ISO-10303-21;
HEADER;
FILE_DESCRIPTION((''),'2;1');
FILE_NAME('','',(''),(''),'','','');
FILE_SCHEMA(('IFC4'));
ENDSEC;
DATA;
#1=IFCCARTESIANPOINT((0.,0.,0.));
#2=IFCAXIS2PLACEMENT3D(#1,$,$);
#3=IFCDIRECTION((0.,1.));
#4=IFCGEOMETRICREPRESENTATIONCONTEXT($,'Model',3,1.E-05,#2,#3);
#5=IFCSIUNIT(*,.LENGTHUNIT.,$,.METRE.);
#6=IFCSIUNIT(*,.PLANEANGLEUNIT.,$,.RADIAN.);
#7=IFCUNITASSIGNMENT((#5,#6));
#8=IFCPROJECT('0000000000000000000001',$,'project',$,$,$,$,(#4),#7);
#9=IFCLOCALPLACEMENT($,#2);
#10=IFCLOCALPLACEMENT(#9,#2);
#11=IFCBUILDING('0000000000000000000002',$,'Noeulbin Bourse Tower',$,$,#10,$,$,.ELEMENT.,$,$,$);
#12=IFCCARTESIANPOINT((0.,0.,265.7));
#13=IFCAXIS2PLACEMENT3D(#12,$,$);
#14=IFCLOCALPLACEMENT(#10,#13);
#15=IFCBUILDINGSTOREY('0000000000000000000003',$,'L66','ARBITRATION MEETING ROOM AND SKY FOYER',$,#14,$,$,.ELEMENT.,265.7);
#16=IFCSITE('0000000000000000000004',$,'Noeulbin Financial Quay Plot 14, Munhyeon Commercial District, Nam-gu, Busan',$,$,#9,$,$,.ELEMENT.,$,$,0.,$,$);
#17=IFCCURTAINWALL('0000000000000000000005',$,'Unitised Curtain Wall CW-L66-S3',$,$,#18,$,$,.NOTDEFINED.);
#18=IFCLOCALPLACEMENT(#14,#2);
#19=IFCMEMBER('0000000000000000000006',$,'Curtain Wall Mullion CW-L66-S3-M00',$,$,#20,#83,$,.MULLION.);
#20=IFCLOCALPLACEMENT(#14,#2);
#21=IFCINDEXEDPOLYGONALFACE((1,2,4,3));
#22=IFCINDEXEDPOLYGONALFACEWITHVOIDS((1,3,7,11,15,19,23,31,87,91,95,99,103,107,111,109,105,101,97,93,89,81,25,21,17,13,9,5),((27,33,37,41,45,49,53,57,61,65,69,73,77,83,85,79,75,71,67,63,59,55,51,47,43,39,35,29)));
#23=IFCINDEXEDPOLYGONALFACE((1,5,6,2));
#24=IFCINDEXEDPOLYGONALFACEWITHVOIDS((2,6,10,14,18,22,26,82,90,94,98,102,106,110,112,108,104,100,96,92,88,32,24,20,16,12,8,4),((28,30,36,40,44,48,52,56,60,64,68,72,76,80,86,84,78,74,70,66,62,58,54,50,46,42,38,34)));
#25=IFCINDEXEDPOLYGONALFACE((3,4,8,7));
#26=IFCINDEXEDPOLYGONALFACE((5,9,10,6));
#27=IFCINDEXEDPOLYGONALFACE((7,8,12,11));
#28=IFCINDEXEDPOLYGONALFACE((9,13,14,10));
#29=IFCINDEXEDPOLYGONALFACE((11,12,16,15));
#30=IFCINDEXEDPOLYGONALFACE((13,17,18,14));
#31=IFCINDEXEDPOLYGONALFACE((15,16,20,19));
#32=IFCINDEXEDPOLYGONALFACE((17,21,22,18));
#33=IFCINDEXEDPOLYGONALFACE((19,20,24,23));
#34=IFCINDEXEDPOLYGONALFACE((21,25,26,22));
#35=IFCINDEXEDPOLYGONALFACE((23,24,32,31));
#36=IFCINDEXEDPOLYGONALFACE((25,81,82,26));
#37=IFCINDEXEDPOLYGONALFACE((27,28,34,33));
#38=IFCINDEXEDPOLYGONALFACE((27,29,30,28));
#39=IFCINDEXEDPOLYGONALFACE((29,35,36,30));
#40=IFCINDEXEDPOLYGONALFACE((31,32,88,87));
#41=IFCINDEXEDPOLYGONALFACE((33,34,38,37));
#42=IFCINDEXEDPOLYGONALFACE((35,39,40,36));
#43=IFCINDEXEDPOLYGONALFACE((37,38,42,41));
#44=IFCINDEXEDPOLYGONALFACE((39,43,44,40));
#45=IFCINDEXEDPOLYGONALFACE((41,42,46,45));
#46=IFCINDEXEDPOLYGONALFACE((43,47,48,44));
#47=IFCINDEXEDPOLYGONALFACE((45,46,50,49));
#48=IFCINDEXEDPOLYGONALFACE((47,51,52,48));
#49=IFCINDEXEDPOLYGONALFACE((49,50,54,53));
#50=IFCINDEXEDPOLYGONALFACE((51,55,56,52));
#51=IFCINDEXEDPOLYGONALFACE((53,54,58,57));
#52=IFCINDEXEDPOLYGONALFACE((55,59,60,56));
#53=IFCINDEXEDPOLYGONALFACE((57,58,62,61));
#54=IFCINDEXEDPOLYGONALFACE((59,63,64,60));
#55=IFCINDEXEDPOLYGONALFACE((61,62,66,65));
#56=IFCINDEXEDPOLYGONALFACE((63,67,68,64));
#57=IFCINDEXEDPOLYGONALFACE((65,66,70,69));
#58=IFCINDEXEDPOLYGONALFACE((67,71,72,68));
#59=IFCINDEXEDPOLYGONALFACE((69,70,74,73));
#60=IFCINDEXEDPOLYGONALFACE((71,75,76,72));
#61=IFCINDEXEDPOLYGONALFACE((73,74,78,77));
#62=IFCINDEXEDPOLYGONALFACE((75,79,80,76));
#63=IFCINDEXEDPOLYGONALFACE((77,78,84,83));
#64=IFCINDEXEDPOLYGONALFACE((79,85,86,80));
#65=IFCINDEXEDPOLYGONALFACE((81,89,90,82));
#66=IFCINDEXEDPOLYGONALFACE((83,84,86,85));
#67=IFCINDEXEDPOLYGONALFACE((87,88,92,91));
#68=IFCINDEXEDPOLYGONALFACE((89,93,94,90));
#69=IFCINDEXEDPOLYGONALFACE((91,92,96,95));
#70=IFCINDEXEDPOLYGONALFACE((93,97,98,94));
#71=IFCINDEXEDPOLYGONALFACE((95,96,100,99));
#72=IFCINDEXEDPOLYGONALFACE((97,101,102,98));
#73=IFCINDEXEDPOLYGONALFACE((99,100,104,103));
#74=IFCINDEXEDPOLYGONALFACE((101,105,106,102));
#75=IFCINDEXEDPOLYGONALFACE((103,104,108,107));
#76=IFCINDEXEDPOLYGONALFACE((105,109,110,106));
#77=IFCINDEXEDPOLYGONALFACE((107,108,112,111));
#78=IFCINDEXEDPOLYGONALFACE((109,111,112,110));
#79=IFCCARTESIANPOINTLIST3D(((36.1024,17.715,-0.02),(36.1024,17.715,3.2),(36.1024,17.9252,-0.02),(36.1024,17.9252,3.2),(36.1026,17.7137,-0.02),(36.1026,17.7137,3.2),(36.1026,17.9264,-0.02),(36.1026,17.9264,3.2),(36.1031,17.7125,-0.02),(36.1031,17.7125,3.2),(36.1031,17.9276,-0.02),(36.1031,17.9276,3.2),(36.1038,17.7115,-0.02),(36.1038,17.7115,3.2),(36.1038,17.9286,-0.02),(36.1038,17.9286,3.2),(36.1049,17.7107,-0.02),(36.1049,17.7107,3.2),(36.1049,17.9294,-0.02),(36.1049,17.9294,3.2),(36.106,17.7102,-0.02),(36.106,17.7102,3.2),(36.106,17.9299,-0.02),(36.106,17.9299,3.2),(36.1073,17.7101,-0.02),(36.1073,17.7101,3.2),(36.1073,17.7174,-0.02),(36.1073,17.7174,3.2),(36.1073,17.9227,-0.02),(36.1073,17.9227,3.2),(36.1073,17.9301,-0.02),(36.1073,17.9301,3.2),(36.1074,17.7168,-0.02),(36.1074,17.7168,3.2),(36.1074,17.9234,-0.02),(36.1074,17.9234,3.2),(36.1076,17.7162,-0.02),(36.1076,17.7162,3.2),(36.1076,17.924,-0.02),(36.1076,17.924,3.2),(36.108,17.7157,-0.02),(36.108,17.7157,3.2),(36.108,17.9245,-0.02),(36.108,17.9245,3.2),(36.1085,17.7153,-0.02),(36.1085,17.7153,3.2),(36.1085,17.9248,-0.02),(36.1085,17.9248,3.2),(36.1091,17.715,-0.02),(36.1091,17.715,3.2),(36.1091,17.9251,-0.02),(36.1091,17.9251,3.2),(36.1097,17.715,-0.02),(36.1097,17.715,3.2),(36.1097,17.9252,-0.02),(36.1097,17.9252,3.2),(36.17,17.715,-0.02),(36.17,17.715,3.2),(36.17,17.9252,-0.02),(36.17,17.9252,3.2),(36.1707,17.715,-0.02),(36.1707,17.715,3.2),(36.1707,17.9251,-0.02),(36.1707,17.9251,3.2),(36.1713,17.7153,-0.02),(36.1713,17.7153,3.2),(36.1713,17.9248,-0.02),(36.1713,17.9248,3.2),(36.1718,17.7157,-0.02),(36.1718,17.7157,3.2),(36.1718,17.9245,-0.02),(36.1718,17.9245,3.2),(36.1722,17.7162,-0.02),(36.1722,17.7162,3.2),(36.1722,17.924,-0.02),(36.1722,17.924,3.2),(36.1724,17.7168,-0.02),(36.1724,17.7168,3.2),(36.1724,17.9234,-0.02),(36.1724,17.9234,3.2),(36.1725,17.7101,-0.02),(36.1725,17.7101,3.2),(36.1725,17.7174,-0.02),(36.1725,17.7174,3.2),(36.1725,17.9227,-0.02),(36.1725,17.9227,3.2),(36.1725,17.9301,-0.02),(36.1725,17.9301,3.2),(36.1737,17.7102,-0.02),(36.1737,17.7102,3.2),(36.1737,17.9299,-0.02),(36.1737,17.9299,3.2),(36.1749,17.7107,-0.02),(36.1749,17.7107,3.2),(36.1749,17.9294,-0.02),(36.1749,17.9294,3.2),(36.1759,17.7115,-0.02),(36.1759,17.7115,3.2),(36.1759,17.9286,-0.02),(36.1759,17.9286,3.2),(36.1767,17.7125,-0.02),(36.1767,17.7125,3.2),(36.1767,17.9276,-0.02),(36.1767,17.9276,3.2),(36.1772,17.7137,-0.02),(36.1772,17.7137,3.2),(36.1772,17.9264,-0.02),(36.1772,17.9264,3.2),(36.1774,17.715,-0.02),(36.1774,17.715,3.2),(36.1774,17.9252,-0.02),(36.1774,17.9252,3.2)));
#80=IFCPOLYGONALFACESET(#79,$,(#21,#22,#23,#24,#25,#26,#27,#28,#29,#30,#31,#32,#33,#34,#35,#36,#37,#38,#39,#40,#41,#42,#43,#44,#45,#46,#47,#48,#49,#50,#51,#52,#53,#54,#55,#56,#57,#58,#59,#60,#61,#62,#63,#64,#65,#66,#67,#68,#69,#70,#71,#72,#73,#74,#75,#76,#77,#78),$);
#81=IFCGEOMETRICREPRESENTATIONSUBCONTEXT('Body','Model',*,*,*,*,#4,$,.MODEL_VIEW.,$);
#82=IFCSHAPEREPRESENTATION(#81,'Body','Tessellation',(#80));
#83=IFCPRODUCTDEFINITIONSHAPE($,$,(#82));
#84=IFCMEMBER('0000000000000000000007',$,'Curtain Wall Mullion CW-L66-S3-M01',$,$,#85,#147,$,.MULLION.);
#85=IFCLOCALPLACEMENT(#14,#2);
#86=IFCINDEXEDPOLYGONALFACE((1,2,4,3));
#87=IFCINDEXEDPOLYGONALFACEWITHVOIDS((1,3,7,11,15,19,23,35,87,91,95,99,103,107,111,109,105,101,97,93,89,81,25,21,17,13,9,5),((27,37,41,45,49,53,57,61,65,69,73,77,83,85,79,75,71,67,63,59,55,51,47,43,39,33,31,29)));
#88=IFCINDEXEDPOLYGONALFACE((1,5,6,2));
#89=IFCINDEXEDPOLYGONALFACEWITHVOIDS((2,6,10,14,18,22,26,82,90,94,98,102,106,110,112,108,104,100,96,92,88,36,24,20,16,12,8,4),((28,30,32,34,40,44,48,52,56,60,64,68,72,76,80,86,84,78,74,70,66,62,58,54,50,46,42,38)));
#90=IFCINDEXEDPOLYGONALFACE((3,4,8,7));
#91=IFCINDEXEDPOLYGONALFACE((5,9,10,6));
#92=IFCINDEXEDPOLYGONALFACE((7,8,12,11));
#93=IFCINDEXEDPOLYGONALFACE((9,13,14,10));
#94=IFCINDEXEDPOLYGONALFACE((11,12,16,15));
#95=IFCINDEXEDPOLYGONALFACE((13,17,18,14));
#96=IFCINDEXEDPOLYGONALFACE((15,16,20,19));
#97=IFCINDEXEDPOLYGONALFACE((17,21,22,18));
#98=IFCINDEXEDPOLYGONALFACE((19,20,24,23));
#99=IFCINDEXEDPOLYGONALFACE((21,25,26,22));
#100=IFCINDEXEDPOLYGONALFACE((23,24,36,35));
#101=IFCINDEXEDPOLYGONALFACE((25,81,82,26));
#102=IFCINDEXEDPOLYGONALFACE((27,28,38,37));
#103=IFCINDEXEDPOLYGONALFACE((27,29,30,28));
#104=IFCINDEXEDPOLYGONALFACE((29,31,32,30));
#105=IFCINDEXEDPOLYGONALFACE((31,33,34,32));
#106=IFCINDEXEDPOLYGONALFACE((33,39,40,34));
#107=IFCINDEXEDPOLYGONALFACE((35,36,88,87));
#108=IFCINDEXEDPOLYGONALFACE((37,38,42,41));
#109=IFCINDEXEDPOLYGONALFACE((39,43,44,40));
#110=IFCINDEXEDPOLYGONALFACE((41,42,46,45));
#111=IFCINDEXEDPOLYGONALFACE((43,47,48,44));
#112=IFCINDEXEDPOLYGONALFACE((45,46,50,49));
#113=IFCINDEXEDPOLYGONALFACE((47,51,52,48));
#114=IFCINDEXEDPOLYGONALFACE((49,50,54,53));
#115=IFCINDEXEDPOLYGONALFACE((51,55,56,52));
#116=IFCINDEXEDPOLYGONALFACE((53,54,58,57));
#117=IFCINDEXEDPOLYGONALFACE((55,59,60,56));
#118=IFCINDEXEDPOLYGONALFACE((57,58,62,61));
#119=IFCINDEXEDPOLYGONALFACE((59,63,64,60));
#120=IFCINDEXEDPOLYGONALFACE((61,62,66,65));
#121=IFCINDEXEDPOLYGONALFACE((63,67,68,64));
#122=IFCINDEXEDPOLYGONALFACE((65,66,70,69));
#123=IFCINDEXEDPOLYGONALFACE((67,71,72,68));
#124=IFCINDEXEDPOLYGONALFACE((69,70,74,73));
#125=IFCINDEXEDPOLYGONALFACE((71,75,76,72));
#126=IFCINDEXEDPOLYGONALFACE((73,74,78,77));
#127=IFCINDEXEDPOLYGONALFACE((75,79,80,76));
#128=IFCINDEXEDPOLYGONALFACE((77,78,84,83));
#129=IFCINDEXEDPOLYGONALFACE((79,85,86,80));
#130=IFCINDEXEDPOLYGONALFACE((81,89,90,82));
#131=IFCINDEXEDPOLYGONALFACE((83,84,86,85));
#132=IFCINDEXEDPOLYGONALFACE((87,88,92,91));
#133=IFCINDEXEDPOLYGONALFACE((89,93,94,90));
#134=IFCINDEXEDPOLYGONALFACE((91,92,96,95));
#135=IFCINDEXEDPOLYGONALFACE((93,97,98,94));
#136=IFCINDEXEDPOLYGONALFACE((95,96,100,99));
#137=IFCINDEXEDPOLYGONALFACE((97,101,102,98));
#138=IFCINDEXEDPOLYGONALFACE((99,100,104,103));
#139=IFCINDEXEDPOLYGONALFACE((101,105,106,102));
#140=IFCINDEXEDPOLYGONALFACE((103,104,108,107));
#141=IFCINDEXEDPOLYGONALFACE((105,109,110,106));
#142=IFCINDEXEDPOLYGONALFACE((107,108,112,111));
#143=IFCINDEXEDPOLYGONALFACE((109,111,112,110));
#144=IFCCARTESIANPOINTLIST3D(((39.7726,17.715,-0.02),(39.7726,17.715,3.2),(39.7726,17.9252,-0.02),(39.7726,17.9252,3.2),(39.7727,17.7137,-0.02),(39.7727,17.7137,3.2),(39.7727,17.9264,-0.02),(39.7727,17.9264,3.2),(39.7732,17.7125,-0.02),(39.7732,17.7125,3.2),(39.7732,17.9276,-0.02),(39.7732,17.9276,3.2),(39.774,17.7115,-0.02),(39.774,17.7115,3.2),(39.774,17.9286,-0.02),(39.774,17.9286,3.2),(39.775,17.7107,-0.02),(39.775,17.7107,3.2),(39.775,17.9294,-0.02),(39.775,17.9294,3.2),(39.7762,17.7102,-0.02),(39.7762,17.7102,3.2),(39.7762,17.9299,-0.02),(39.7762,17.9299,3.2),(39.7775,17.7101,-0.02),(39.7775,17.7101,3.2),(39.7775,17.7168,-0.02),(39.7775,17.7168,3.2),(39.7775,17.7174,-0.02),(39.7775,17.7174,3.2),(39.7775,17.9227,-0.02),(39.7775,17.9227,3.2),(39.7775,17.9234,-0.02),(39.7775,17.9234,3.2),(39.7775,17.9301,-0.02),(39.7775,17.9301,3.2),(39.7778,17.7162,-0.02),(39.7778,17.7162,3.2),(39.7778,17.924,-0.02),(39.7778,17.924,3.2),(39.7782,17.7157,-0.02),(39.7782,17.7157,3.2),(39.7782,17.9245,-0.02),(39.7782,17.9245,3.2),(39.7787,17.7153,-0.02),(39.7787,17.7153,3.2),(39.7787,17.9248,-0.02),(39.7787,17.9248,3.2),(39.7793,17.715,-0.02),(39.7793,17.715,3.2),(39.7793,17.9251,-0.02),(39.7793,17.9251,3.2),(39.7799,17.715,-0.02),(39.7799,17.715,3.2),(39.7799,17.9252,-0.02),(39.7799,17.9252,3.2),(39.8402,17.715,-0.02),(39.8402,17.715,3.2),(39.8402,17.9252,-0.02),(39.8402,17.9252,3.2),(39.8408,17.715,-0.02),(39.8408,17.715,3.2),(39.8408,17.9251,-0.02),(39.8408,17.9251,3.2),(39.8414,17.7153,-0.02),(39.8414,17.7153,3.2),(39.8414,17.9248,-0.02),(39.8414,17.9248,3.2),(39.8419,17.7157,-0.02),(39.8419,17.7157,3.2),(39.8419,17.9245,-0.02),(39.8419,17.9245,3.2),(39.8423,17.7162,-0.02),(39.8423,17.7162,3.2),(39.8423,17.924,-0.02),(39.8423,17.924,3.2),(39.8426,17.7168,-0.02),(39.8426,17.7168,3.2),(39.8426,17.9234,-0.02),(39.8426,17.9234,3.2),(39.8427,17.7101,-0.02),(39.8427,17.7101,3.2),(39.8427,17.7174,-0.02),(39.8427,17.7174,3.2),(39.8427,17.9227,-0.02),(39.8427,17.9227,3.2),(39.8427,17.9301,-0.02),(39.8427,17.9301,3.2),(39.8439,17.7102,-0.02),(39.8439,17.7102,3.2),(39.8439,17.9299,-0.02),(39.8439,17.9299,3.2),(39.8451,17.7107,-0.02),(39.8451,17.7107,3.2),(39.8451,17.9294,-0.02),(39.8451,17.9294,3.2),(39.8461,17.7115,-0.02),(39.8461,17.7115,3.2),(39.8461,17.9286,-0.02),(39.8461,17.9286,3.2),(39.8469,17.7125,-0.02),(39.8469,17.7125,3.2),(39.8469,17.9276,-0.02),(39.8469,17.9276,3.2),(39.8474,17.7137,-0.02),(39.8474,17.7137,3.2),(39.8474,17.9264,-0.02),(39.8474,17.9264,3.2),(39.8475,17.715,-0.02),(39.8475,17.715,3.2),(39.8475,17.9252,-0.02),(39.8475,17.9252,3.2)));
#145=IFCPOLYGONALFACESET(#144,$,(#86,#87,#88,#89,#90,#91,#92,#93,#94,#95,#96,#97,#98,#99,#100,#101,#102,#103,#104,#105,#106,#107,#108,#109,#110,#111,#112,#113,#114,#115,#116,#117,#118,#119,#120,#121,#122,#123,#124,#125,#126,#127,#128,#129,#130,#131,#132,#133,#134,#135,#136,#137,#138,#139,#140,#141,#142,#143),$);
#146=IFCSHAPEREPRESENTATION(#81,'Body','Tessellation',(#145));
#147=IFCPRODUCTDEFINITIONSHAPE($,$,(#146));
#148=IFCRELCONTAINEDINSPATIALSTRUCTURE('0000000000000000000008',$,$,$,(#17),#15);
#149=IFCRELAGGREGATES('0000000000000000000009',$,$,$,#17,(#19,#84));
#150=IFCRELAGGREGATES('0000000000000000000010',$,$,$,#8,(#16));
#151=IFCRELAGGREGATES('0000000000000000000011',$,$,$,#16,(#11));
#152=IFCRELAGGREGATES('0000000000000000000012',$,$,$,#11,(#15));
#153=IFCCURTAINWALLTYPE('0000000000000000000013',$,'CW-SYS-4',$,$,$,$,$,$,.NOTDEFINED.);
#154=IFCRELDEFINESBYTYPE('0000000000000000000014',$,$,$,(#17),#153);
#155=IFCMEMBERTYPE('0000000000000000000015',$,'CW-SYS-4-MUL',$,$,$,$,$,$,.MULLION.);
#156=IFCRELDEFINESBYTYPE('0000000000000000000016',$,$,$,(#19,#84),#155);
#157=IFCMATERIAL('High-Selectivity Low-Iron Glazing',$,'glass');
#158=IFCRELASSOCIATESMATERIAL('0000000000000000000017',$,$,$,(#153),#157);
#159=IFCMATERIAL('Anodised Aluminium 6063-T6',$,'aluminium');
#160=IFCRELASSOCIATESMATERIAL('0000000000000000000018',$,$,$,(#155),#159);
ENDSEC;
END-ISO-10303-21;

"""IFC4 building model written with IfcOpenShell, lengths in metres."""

from ifc_helpers import new_model, si_unit, direction, frame, origin, origin_2d, place, context, subcontext, project, spatial, hollow_rectangle, extrude, material, material_profile, profile_set, type_object, element, aggregate, save


model = new_model("IFC4")

# Units and contexts
model_context = context("Model", 3, precision=1e-05, world=origin(), true_north=direction((0.0, 1.0)))
body_context = subcontext(model_context, "Body", "Model", "MODEL_VIEW")
ifc_project = project(units=[si_unit("LENGTHUNIT", "METRE"), si_unit("PLANEANGLEUNIT", "RADIAN")], contexts=[model_context])

# Site, building, storey
site_placement = place(None, origin())
site = spatial("IfcSite", under=ifc_project, at=site_placement, Name="Noeulbin Financial Quay Plot 14, Munhyeon Commercial District, Nam-gu, Busan", CompositionType="ELEMENT", RefElevation=0.0)
building_placement = place(site_placement, origin())
building = spatial("IfcBuilding", under=site, at=building_placement, Name="Noeulbin Bourse Tower", CompositionType="ELEMENT")
storey_placement = place(building_placement, frame((0.0, 0.0, 265.7)))
storey = spatial("IfcBuildingStorey", under=building, at=storey_placement, Name="L66", Description="ARBITRATION MEETING ROOM AND SKY FOYER", CompositionType="ELEMENT", Elevation=265.7)

# Curtain wall, members
ifc_material_1 = material(Name="High-Selectivity Low-Iron Glazing", Category="glass")
curtain_wall_type = type_object("IfcCurtainWallType", Name="CW-SYS-4", PredefinedType="NOTDEFINED", material=ifc_material_1)
curtain_wall_1_placement = place(storey_placement, origin())
curtain_wall_1 = element("IfcCurtainWall", 1, at=curtain_wall_1_placement, inside=storey, type_object=curtain_wall_type, Name="Unitised Curtain Wall CW-L66-S3", PredefinedType="NOTDEFINED")
ifc_material_2 = material(Name="Anodised Aluminium 6063-T6", Category="aluminium")
ifc_material_profile_1 = material_profile(ifc_material_2, hollow_rectangle(XDim=0.075, YDim=0.22, WallThickness=0.0049, InnerFilletRadius=0.0024, OuterFilletRadius=0.0049, at=origin_2d()), Name="ALU-MULL-75x220x5", Category="LoadBearing")
ifc_profile_set_1 = profile_set([ifc_material_profile_1], Name="Anodised Aluminium 6063-T6")
member_type_1 = type_object("IfcMemberType", Name="CW-SYS-4-MUL", PredefinedType="MULLION", material=ifc_profile_set_1)
member_1_placement = place(storey_placement, frame((36.1399, 17.8201, -0.02), z_axis=(0.0, 0.0, 1.0), x_axis=(1.0, 0.0, 0.0)))
member_1 = element("IfcMember", 2, at=member_1_placement, type_object=member_type_1, Name="Curtain Wall Mullion CW-L66-S3-M00", PredefinedType="MULLION", context=body_context, shape_type="SweptSolid", body=[
    extrude(hollow_rectangle(XDim=0.075, YDim=0.22, WallThickness=0.0049, InnerFilletRadius=0.0024, OuterFilletRadius=0.0049, at=origin_2d()), origin(), (0.0, 0.0, 1.0), 3.22),
])
member_2_placement = place(storey_placement, frame((39.8101, 17.8201, -0.02), z_axis=(0.0, 0.0, 1.0), x_axis=(1.0, 0.0, 0.0)))
member_2 = element("IfcMember", 3, at=member_2_placement, type_object=member_type_1, Name="Curtain Wall Mullion CW-L66-S3-M01", PredefinedType="MULLION", context=body_context, shape_type="SweptSolid", body=[
    extrude(hollow_rectangle(XDim=0.075, YDim=0.22, WallThickness=0.0049, InnerFilletRadius=0.0024, OuterFilletRadius=0.0049, at=origin_2d()), origin(), (0.0, 0.0, 1.0), 3.22),
])

aggregate(curtain_wall_1, [member_1, member_2])

save(model, "model.ifc")
